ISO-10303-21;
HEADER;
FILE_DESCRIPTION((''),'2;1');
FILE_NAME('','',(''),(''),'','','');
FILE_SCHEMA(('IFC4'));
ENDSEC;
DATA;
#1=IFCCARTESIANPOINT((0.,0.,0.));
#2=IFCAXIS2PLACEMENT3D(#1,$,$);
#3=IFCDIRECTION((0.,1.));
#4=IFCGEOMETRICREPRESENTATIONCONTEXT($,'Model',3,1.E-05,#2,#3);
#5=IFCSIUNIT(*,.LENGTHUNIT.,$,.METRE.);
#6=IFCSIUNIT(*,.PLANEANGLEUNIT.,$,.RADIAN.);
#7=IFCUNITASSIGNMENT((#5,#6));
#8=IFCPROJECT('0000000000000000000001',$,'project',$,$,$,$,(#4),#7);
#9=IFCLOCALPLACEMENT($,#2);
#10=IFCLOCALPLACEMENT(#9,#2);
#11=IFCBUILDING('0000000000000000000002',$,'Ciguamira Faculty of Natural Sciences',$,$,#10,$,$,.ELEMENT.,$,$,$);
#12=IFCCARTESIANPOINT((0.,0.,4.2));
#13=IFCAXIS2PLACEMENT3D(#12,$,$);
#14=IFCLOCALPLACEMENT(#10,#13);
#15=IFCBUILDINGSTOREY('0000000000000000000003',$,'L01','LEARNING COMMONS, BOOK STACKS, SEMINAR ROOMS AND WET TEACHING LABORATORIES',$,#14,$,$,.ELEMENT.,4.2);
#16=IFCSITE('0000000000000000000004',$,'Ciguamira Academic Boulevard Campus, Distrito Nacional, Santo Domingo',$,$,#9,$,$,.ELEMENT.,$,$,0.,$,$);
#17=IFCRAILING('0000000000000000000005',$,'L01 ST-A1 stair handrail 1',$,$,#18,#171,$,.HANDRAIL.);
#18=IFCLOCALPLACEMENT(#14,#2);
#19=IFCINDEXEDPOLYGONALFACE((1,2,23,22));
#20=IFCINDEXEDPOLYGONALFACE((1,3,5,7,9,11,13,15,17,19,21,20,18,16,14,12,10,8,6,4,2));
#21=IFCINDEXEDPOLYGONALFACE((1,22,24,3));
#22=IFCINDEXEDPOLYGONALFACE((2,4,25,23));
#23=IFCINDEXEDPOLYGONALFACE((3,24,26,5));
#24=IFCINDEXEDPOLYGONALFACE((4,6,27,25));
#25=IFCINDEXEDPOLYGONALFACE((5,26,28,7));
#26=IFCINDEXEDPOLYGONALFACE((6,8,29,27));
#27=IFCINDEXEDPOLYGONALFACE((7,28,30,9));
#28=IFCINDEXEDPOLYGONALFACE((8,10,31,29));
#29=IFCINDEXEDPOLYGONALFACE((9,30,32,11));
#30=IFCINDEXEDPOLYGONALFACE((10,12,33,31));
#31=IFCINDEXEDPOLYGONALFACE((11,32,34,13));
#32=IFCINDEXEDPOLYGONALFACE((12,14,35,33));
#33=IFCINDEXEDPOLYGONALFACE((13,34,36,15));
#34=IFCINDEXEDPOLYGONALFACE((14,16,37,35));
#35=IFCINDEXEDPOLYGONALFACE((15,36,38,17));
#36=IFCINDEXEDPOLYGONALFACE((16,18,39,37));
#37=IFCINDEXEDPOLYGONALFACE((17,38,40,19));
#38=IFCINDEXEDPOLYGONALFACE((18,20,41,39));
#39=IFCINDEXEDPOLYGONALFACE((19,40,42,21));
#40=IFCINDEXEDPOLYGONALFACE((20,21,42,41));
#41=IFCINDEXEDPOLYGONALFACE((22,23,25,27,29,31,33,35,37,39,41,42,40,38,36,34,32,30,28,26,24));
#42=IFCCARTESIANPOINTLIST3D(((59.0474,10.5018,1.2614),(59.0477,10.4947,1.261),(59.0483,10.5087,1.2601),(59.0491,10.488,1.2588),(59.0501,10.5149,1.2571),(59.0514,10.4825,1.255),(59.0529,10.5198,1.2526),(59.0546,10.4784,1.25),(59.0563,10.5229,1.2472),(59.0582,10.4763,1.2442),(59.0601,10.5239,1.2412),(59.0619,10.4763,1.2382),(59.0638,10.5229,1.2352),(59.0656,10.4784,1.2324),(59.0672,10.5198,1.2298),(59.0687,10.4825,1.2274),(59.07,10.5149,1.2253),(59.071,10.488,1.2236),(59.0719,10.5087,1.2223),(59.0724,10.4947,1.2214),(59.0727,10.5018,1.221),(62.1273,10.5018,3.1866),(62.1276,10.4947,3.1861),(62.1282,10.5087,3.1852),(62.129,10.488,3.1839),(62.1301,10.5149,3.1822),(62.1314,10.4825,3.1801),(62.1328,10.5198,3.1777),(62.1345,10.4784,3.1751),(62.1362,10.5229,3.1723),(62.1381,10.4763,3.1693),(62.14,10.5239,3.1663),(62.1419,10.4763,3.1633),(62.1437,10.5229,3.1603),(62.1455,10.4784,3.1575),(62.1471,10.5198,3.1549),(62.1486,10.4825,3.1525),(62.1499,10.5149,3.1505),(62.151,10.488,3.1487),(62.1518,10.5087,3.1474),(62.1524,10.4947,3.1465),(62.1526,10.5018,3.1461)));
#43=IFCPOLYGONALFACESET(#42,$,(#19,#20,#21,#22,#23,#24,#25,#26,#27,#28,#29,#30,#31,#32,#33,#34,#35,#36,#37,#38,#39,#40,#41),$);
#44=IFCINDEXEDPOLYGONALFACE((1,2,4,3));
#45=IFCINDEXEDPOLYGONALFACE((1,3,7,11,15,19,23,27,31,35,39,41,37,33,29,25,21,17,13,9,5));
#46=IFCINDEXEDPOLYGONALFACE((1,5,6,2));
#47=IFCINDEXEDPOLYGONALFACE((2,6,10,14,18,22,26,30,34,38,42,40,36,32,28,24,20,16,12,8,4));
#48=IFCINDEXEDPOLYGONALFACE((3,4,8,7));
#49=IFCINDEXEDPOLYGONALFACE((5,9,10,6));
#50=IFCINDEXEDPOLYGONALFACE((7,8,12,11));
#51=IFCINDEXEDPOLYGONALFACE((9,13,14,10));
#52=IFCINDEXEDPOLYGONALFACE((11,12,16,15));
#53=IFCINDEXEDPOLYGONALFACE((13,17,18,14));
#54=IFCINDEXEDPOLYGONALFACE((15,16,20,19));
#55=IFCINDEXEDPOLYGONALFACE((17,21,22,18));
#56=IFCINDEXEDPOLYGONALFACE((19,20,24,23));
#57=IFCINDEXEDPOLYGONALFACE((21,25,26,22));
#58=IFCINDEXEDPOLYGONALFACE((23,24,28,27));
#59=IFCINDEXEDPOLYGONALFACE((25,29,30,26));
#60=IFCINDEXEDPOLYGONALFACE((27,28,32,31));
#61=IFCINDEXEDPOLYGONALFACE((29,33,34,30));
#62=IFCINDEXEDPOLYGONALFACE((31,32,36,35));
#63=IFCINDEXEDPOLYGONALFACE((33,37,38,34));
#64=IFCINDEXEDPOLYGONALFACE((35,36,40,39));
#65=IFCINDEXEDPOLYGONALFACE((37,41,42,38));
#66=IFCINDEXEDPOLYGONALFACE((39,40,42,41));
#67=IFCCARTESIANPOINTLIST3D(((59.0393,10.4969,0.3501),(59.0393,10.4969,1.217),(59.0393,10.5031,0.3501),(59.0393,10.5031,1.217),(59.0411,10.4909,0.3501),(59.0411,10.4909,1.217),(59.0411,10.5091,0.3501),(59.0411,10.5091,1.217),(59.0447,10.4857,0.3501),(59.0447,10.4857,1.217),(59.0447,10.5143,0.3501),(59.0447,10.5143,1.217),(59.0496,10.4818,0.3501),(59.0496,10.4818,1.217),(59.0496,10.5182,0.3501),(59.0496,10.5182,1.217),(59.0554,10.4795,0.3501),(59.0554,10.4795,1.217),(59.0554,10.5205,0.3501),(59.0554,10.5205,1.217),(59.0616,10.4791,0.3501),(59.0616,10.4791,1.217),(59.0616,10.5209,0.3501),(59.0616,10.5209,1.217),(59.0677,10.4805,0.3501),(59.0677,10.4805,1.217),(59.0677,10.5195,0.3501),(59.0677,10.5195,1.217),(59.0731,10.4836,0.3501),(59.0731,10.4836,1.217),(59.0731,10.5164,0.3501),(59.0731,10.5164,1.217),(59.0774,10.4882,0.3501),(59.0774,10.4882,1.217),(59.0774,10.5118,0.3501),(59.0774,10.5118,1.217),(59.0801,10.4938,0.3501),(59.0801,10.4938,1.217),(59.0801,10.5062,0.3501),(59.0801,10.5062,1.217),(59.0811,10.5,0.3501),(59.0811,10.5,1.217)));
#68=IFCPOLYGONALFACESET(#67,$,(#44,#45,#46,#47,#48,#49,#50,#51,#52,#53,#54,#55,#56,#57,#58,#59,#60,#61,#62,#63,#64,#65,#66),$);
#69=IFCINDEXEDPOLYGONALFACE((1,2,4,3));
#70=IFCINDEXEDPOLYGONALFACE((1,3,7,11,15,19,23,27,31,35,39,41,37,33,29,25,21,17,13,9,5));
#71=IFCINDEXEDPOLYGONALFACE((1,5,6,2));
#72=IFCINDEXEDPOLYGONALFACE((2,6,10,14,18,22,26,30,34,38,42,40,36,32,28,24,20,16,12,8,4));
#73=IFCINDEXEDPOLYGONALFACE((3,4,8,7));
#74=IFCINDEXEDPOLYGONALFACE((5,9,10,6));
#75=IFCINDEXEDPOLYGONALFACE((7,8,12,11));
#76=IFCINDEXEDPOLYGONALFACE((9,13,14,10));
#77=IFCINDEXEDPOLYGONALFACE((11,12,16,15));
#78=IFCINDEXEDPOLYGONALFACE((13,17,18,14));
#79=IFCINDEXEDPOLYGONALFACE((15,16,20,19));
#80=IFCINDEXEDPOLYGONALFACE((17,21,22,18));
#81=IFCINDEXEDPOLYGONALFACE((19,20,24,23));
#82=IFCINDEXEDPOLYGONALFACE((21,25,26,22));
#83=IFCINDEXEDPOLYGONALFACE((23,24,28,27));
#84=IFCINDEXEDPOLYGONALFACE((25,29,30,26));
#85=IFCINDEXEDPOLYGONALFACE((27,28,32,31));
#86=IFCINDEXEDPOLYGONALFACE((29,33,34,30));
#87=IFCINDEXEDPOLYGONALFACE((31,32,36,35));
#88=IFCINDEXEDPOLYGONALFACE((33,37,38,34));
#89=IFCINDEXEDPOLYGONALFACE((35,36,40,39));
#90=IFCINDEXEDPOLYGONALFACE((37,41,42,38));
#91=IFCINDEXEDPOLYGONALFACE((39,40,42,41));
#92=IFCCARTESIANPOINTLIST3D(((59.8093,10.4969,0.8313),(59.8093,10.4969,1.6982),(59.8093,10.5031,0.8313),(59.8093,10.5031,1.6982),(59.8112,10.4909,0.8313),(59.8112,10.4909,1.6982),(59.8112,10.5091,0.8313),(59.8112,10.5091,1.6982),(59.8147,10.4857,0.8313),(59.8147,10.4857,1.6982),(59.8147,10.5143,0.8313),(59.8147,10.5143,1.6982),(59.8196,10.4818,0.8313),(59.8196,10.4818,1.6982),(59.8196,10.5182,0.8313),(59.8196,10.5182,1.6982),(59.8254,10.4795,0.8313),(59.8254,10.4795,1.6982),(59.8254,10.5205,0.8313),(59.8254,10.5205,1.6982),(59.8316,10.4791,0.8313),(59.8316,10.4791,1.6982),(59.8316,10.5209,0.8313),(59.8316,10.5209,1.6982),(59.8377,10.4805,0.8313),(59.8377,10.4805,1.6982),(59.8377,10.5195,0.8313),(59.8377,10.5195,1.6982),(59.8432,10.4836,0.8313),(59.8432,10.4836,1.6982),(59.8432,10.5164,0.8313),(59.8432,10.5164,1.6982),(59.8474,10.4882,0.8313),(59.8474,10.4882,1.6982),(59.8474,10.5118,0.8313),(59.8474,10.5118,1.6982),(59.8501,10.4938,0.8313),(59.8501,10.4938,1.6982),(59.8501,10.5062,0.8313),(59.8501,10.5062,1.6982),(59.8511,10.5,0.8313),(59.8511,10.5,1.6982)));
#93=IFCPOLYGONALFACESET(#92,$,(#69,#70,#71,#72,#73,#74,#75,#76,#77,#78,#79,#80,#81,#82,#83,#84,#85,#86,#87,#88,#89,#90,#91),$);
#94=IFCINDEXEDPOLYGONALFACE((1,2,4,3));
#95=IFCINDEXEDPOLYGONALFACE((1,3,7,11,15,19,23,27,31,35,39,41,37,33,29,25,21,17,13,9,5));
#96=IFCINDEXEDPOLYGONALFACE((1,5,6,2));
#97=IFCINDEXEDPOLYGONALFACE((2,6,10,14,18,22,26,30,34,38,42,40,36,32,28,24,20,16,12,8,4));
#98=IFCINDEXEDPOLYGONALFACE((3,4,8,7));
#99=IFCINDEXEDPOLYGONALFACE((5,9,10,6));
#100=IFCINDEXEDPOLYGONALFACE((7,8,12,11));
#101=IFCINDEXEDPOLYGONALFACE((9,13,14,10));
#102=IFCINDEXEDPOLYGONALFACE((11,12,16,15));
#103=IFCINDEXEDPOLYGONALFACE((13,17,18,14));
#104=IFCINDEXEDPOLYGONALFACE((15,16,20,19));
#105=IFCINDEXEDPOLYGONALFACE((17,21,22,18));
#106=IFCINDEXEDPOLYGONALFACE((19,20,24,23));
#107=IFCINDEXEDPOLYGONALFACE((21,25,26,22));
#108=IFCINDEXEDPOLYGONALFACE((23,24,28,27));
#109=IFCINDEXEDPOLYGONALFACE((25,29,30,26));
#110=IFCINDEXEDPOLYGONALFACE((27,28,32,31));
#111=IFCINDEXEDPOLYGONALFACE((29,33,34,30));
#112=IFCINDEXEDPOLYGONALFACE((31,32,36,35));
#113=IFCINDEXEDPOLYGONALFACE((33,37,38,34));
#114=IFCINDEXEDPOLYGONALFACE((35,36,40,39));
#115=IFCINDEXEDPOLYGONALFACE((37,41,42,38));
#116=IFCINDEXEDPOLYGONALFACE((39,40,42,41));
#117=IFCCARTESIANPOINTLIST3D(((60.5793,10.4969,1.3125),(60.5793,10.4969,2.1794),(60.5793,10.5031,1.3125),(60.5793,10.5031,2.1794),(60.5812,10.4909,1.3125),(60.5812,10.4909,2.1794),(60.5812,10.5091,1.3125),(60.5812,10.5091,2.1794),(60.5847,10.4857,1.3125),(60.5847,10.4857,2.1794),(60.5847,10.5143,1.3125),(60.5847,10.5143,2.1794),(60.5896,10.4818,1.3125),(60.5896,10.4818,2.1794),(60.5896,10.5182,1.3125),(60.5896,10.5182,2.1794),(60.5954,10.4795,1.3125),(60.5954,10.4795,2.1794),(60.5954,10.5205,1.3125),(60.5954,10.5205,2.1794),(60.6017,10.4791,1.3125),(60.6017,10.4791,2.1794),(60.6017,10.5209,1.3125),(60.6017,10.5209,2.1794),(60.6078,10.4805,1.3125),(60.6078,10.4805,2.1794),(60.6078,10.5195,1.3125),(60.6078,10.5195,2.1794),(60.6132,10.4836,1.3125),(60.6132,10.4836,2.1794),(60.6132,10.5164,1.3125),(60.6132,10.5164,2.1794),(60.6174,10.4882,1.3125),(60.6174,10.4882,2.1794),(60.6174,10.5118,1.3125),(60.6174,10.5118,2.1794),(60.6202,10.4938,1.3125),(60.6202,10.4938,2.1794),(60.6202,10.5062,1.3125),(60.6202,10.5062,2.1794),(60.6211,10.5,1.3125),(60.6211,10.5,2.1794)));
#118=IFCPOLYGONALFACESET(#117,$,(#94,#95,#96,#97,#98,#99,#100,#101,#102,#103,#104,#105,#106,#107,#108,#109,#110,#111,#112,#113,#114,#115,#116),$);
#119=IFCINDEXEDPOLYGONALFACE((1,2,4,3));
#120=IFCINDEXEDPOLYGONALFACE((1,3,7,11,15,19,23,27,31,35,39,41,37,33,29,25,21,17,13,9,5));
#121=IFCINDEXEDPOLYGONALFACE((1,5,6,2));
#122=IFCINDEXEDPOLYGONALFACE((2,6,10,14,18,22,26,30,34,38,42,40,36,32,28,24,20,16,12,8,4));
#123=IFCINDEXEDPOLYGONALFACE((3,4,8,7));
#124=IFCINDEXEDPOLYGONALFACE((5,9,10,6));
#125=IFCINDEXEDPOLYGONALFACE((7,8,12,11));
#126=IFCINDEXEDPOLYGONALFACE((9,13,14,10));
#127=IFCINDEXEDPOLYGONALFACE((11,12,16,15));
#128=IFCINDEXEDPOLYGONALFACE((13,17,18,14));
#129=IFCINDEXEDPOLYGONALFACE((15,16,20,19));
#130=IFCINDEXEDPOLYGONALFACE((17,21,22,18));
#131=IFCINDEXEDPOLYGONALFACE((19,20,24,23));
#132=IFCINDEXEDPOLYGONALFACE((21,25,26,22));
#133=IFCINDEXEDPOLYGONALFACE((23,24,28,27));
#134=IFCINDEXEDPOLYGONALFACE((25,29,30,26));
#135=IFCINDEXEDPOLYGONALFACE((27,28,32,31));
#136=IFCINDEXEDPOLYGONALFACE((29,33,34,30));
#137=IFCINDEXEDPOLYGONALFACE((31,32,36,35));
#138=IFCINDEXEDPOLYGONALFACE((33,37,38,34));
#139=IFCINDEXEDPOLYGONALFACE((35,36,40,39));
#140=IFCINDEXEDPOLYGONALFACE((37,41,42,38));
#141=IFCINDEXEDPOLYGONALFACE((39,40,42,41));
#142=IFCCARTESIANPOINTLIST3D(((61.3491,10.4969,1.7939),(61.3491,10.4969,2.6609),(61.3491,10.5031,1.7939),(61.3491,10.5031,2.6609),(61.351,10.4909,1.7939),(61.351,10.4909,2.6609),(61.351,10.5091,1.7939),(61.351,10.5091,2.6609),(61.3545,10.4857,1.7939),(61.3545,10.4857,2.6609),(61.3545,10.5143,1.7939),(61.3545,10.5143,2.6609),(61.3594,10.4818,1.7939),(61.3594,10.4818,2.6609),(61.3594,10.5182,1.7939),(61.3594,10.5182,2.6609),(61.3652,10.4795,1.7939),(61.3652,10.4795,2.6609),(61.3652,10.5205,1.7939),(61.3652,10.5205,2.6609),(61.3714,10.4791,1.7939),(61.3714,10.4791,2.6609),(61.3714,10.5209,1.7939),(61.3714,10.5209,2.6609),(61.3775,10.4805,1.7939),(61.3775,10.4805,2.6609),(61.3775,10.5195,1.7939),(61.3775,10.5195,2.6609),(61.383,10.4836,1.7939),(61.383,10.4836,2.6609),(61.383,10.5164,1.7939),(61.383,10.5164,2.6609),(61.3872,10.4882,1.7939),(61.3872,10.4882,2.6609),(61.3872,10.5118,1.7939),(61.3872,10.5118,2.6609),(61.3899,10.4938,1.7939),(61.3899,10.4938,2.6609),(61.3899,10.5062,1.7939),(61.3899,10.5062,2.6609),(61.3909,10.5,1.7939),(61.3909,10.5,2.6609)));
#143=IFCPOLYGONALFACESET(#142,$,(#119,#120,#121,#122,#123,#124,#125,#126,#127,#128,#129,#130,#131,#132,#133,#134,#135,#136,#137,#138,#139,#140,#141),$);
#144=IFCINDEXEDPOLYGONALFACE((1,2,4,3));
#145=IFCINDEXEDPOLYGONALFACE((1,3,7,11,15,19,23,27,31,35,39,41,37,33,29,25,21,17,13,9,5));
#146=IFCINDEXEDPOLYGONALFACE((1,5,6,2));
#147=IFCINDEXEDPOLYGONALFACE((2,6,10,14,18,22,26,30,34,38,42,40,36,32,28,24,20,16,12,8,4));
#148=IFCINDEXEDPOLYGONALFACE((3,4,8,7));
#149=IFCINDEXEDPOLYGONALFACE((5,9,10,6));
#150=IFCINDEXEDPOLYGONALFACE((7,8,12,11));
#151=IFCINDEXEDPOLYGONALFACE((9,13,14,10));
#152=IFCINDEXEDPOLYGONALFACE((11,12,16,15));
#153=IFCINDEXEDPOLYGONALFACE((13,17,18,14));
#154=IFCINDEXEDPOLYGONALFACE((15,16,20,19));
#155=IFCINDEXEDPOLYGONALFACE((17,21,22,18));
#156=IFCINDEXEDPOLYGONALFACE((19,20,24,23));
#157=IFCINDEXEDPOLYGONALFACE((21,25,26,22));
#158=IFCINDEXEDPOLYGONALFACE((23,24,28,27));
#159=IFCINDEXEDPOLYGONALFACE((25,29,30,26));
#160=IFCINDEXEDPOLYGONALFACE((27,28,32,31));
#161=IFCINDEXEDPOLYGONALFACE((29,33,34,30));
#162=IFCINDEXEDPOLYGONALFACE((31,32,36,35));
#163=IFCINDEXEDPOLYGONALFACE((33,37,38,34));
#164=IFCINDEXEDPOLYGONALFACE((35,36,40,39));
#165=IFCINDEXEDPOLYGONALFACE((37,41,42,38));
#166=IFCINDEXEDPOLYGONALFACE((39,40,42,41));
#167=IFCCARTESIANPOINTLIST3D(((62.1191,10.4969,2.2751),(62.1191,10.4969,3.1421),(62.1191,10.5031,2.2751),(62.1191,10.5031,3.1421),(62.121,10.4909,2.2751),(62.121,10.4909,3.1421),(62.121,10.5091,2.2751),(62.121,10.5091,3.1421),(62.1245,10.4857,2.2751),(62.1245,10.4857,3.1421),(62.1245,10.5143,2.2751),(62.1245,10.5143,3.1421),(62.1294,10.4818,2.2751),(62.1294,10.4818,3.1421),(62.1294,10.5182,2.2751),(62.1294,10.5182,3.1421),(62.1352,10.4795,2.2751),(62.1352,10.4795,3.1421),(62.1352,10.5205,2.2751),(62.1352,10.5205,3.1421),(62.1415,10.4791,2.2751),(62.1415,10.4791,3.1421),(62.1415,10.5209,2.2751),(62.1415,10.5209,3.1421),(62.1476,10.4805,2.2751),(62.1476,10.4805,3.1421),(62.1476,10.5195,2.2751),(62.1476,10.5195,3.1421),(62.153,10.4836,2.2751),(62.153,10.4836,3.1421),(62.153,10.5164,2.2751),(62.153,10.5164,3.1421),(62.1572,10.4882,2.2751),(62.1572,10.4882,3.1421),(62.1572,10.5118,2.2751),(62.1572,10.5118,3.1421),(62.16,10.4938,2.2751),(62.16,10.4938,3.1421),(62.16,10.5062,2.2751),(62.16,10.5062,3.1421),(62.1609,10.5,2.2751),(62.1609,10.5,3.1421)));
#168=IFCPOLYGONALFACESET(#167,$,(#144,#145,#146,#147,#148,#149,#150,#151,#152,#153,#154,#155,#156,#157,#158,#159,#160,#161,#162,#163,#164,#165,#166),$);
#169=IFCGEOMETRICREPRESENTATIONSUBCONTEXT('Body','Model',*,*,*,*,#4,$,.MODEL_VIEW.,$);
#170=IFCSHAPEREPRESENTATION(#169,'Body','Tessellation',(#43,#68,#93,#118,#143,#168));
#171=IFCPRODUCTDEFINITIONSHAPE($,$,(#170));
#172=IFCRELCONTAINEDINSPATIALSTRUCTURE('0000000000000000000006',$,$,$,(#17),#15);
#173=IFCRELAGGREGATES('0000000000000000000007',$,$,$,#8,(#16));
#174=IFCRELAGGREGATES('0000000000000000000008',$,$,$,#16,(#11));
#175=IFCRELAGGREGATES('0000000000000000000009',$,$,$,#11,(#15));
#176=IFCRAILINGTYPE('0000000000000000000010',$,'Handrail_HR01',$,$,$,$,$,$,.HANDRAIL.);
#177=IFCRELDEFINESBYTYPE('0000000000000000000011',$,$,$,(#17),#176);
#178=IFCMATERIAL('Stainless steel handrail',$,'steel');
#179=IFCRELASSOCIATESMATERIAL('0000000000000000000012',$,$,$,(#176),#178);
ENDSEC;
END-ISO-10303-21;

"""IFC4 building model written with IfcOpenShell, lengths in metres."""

from ifc_helpers import new_model, si_unit, direction, frame, origin, origin_2d, place, context, subcontext, project, spatial, circle, extrude, material, type_object, element, save


model = new_model("IFC4")

# Units and contexts
model_context = context("Model", 3, precision=1e-05, world=origin(), true_north=direction((0.0, 1.0)))
body_context = subcontext(model_context, "Body", "Model", "MODEL_VIEW")
ifc_project = project(units=[si_unit("LENGTHUNIT", "METRE"), si_unit("PLANEANGLEUNIT", "RADIAN")], contexts=[model_context])

# Site, building, storey
site_placement = place(None, origin())
site = spatial("IfcSite", under=ifc_project, at=site_placement, Name="Ciguamira Academic Boulevard Campus, Distrito Nacional, Santo Domingo", CompositionType="ELEMENT", RefElevation=0.0)
building_placement = place(site_placement, origin())
building = spatial("IfcBuilding", under=site, at=building_placement, Name="Ciguamira Faculty of Natural Sciences", CompositionType="ELEMENT")
storey_placement = place(building_placement, frame((0.0, 0.0, 4.2)))
storey = spatial("IfcBuildingStorey", under=building, at=storey_placement, Name="L01", Description="LEARNING COMMONS, BOOK STACKS, SEMINAR ROOMS AND WET TEACHING LABORATORIES", CompositionType="ELEMENT", Elevation=4.2)

# Railing
ifc_material_1 = material(Name="Stainless steel handrail", Category="steel")
railing_type_1 = type_object("IfcRailingType", Name="Handrail_HR01", PredefinedType="HANDRAIL", material=ifc_material_1)
railing_1_placement = place(storey_placement, frame((59.0601, 10.5, 0.3501)))
element("IfcRailing", 1, at=railing_1_placement, inside=storey, type_object=railing_type_1, Name="L01 ST-A1 stair handrail 1", PredefinedType="HANDRAIL", context=body_context, shape_type="SweptSolid", body=[
    extrude(circle(Radius=0.0239, at=origin_2d()), frame((0.0, 0.0, 0.8911), z_axis=(0.847979, 0.0, 0.530029), x_axis=(0.0, 1.0, 0.0)), (0.0, 0.0, 1.0), 3.6321),
    extrude(circle(Radius=0.021, at=origin_2d()), origin(), (0.0, 0.0, 1.0), 0.8669),
    extrude(circle(Radius=0.021, at=origin_2d()), frame((0.77, 0.0, 0.4812)), (0.0, 0.0, 1.0), 0.8669),
    extrude(circle(Radius=0.021, at=origin_2d()), frame((1.54, 0.0, 0.9624)), (0.0, 0.0, 1.0), 0.8669),
    extrude(circle(Radius=0.021, at=origin_2d()), frame((2.3098, 0.0, 1.4438)), (0.0, 0.0, 1.0), 0.8669),
    extrude(circle(Radius=0.021, at=origin_2d()), frame((3.0798, 0.0, 1.925)), (0.0, 0.0, 1.0), 0.8669),
])

save(model, "model.ifc")
